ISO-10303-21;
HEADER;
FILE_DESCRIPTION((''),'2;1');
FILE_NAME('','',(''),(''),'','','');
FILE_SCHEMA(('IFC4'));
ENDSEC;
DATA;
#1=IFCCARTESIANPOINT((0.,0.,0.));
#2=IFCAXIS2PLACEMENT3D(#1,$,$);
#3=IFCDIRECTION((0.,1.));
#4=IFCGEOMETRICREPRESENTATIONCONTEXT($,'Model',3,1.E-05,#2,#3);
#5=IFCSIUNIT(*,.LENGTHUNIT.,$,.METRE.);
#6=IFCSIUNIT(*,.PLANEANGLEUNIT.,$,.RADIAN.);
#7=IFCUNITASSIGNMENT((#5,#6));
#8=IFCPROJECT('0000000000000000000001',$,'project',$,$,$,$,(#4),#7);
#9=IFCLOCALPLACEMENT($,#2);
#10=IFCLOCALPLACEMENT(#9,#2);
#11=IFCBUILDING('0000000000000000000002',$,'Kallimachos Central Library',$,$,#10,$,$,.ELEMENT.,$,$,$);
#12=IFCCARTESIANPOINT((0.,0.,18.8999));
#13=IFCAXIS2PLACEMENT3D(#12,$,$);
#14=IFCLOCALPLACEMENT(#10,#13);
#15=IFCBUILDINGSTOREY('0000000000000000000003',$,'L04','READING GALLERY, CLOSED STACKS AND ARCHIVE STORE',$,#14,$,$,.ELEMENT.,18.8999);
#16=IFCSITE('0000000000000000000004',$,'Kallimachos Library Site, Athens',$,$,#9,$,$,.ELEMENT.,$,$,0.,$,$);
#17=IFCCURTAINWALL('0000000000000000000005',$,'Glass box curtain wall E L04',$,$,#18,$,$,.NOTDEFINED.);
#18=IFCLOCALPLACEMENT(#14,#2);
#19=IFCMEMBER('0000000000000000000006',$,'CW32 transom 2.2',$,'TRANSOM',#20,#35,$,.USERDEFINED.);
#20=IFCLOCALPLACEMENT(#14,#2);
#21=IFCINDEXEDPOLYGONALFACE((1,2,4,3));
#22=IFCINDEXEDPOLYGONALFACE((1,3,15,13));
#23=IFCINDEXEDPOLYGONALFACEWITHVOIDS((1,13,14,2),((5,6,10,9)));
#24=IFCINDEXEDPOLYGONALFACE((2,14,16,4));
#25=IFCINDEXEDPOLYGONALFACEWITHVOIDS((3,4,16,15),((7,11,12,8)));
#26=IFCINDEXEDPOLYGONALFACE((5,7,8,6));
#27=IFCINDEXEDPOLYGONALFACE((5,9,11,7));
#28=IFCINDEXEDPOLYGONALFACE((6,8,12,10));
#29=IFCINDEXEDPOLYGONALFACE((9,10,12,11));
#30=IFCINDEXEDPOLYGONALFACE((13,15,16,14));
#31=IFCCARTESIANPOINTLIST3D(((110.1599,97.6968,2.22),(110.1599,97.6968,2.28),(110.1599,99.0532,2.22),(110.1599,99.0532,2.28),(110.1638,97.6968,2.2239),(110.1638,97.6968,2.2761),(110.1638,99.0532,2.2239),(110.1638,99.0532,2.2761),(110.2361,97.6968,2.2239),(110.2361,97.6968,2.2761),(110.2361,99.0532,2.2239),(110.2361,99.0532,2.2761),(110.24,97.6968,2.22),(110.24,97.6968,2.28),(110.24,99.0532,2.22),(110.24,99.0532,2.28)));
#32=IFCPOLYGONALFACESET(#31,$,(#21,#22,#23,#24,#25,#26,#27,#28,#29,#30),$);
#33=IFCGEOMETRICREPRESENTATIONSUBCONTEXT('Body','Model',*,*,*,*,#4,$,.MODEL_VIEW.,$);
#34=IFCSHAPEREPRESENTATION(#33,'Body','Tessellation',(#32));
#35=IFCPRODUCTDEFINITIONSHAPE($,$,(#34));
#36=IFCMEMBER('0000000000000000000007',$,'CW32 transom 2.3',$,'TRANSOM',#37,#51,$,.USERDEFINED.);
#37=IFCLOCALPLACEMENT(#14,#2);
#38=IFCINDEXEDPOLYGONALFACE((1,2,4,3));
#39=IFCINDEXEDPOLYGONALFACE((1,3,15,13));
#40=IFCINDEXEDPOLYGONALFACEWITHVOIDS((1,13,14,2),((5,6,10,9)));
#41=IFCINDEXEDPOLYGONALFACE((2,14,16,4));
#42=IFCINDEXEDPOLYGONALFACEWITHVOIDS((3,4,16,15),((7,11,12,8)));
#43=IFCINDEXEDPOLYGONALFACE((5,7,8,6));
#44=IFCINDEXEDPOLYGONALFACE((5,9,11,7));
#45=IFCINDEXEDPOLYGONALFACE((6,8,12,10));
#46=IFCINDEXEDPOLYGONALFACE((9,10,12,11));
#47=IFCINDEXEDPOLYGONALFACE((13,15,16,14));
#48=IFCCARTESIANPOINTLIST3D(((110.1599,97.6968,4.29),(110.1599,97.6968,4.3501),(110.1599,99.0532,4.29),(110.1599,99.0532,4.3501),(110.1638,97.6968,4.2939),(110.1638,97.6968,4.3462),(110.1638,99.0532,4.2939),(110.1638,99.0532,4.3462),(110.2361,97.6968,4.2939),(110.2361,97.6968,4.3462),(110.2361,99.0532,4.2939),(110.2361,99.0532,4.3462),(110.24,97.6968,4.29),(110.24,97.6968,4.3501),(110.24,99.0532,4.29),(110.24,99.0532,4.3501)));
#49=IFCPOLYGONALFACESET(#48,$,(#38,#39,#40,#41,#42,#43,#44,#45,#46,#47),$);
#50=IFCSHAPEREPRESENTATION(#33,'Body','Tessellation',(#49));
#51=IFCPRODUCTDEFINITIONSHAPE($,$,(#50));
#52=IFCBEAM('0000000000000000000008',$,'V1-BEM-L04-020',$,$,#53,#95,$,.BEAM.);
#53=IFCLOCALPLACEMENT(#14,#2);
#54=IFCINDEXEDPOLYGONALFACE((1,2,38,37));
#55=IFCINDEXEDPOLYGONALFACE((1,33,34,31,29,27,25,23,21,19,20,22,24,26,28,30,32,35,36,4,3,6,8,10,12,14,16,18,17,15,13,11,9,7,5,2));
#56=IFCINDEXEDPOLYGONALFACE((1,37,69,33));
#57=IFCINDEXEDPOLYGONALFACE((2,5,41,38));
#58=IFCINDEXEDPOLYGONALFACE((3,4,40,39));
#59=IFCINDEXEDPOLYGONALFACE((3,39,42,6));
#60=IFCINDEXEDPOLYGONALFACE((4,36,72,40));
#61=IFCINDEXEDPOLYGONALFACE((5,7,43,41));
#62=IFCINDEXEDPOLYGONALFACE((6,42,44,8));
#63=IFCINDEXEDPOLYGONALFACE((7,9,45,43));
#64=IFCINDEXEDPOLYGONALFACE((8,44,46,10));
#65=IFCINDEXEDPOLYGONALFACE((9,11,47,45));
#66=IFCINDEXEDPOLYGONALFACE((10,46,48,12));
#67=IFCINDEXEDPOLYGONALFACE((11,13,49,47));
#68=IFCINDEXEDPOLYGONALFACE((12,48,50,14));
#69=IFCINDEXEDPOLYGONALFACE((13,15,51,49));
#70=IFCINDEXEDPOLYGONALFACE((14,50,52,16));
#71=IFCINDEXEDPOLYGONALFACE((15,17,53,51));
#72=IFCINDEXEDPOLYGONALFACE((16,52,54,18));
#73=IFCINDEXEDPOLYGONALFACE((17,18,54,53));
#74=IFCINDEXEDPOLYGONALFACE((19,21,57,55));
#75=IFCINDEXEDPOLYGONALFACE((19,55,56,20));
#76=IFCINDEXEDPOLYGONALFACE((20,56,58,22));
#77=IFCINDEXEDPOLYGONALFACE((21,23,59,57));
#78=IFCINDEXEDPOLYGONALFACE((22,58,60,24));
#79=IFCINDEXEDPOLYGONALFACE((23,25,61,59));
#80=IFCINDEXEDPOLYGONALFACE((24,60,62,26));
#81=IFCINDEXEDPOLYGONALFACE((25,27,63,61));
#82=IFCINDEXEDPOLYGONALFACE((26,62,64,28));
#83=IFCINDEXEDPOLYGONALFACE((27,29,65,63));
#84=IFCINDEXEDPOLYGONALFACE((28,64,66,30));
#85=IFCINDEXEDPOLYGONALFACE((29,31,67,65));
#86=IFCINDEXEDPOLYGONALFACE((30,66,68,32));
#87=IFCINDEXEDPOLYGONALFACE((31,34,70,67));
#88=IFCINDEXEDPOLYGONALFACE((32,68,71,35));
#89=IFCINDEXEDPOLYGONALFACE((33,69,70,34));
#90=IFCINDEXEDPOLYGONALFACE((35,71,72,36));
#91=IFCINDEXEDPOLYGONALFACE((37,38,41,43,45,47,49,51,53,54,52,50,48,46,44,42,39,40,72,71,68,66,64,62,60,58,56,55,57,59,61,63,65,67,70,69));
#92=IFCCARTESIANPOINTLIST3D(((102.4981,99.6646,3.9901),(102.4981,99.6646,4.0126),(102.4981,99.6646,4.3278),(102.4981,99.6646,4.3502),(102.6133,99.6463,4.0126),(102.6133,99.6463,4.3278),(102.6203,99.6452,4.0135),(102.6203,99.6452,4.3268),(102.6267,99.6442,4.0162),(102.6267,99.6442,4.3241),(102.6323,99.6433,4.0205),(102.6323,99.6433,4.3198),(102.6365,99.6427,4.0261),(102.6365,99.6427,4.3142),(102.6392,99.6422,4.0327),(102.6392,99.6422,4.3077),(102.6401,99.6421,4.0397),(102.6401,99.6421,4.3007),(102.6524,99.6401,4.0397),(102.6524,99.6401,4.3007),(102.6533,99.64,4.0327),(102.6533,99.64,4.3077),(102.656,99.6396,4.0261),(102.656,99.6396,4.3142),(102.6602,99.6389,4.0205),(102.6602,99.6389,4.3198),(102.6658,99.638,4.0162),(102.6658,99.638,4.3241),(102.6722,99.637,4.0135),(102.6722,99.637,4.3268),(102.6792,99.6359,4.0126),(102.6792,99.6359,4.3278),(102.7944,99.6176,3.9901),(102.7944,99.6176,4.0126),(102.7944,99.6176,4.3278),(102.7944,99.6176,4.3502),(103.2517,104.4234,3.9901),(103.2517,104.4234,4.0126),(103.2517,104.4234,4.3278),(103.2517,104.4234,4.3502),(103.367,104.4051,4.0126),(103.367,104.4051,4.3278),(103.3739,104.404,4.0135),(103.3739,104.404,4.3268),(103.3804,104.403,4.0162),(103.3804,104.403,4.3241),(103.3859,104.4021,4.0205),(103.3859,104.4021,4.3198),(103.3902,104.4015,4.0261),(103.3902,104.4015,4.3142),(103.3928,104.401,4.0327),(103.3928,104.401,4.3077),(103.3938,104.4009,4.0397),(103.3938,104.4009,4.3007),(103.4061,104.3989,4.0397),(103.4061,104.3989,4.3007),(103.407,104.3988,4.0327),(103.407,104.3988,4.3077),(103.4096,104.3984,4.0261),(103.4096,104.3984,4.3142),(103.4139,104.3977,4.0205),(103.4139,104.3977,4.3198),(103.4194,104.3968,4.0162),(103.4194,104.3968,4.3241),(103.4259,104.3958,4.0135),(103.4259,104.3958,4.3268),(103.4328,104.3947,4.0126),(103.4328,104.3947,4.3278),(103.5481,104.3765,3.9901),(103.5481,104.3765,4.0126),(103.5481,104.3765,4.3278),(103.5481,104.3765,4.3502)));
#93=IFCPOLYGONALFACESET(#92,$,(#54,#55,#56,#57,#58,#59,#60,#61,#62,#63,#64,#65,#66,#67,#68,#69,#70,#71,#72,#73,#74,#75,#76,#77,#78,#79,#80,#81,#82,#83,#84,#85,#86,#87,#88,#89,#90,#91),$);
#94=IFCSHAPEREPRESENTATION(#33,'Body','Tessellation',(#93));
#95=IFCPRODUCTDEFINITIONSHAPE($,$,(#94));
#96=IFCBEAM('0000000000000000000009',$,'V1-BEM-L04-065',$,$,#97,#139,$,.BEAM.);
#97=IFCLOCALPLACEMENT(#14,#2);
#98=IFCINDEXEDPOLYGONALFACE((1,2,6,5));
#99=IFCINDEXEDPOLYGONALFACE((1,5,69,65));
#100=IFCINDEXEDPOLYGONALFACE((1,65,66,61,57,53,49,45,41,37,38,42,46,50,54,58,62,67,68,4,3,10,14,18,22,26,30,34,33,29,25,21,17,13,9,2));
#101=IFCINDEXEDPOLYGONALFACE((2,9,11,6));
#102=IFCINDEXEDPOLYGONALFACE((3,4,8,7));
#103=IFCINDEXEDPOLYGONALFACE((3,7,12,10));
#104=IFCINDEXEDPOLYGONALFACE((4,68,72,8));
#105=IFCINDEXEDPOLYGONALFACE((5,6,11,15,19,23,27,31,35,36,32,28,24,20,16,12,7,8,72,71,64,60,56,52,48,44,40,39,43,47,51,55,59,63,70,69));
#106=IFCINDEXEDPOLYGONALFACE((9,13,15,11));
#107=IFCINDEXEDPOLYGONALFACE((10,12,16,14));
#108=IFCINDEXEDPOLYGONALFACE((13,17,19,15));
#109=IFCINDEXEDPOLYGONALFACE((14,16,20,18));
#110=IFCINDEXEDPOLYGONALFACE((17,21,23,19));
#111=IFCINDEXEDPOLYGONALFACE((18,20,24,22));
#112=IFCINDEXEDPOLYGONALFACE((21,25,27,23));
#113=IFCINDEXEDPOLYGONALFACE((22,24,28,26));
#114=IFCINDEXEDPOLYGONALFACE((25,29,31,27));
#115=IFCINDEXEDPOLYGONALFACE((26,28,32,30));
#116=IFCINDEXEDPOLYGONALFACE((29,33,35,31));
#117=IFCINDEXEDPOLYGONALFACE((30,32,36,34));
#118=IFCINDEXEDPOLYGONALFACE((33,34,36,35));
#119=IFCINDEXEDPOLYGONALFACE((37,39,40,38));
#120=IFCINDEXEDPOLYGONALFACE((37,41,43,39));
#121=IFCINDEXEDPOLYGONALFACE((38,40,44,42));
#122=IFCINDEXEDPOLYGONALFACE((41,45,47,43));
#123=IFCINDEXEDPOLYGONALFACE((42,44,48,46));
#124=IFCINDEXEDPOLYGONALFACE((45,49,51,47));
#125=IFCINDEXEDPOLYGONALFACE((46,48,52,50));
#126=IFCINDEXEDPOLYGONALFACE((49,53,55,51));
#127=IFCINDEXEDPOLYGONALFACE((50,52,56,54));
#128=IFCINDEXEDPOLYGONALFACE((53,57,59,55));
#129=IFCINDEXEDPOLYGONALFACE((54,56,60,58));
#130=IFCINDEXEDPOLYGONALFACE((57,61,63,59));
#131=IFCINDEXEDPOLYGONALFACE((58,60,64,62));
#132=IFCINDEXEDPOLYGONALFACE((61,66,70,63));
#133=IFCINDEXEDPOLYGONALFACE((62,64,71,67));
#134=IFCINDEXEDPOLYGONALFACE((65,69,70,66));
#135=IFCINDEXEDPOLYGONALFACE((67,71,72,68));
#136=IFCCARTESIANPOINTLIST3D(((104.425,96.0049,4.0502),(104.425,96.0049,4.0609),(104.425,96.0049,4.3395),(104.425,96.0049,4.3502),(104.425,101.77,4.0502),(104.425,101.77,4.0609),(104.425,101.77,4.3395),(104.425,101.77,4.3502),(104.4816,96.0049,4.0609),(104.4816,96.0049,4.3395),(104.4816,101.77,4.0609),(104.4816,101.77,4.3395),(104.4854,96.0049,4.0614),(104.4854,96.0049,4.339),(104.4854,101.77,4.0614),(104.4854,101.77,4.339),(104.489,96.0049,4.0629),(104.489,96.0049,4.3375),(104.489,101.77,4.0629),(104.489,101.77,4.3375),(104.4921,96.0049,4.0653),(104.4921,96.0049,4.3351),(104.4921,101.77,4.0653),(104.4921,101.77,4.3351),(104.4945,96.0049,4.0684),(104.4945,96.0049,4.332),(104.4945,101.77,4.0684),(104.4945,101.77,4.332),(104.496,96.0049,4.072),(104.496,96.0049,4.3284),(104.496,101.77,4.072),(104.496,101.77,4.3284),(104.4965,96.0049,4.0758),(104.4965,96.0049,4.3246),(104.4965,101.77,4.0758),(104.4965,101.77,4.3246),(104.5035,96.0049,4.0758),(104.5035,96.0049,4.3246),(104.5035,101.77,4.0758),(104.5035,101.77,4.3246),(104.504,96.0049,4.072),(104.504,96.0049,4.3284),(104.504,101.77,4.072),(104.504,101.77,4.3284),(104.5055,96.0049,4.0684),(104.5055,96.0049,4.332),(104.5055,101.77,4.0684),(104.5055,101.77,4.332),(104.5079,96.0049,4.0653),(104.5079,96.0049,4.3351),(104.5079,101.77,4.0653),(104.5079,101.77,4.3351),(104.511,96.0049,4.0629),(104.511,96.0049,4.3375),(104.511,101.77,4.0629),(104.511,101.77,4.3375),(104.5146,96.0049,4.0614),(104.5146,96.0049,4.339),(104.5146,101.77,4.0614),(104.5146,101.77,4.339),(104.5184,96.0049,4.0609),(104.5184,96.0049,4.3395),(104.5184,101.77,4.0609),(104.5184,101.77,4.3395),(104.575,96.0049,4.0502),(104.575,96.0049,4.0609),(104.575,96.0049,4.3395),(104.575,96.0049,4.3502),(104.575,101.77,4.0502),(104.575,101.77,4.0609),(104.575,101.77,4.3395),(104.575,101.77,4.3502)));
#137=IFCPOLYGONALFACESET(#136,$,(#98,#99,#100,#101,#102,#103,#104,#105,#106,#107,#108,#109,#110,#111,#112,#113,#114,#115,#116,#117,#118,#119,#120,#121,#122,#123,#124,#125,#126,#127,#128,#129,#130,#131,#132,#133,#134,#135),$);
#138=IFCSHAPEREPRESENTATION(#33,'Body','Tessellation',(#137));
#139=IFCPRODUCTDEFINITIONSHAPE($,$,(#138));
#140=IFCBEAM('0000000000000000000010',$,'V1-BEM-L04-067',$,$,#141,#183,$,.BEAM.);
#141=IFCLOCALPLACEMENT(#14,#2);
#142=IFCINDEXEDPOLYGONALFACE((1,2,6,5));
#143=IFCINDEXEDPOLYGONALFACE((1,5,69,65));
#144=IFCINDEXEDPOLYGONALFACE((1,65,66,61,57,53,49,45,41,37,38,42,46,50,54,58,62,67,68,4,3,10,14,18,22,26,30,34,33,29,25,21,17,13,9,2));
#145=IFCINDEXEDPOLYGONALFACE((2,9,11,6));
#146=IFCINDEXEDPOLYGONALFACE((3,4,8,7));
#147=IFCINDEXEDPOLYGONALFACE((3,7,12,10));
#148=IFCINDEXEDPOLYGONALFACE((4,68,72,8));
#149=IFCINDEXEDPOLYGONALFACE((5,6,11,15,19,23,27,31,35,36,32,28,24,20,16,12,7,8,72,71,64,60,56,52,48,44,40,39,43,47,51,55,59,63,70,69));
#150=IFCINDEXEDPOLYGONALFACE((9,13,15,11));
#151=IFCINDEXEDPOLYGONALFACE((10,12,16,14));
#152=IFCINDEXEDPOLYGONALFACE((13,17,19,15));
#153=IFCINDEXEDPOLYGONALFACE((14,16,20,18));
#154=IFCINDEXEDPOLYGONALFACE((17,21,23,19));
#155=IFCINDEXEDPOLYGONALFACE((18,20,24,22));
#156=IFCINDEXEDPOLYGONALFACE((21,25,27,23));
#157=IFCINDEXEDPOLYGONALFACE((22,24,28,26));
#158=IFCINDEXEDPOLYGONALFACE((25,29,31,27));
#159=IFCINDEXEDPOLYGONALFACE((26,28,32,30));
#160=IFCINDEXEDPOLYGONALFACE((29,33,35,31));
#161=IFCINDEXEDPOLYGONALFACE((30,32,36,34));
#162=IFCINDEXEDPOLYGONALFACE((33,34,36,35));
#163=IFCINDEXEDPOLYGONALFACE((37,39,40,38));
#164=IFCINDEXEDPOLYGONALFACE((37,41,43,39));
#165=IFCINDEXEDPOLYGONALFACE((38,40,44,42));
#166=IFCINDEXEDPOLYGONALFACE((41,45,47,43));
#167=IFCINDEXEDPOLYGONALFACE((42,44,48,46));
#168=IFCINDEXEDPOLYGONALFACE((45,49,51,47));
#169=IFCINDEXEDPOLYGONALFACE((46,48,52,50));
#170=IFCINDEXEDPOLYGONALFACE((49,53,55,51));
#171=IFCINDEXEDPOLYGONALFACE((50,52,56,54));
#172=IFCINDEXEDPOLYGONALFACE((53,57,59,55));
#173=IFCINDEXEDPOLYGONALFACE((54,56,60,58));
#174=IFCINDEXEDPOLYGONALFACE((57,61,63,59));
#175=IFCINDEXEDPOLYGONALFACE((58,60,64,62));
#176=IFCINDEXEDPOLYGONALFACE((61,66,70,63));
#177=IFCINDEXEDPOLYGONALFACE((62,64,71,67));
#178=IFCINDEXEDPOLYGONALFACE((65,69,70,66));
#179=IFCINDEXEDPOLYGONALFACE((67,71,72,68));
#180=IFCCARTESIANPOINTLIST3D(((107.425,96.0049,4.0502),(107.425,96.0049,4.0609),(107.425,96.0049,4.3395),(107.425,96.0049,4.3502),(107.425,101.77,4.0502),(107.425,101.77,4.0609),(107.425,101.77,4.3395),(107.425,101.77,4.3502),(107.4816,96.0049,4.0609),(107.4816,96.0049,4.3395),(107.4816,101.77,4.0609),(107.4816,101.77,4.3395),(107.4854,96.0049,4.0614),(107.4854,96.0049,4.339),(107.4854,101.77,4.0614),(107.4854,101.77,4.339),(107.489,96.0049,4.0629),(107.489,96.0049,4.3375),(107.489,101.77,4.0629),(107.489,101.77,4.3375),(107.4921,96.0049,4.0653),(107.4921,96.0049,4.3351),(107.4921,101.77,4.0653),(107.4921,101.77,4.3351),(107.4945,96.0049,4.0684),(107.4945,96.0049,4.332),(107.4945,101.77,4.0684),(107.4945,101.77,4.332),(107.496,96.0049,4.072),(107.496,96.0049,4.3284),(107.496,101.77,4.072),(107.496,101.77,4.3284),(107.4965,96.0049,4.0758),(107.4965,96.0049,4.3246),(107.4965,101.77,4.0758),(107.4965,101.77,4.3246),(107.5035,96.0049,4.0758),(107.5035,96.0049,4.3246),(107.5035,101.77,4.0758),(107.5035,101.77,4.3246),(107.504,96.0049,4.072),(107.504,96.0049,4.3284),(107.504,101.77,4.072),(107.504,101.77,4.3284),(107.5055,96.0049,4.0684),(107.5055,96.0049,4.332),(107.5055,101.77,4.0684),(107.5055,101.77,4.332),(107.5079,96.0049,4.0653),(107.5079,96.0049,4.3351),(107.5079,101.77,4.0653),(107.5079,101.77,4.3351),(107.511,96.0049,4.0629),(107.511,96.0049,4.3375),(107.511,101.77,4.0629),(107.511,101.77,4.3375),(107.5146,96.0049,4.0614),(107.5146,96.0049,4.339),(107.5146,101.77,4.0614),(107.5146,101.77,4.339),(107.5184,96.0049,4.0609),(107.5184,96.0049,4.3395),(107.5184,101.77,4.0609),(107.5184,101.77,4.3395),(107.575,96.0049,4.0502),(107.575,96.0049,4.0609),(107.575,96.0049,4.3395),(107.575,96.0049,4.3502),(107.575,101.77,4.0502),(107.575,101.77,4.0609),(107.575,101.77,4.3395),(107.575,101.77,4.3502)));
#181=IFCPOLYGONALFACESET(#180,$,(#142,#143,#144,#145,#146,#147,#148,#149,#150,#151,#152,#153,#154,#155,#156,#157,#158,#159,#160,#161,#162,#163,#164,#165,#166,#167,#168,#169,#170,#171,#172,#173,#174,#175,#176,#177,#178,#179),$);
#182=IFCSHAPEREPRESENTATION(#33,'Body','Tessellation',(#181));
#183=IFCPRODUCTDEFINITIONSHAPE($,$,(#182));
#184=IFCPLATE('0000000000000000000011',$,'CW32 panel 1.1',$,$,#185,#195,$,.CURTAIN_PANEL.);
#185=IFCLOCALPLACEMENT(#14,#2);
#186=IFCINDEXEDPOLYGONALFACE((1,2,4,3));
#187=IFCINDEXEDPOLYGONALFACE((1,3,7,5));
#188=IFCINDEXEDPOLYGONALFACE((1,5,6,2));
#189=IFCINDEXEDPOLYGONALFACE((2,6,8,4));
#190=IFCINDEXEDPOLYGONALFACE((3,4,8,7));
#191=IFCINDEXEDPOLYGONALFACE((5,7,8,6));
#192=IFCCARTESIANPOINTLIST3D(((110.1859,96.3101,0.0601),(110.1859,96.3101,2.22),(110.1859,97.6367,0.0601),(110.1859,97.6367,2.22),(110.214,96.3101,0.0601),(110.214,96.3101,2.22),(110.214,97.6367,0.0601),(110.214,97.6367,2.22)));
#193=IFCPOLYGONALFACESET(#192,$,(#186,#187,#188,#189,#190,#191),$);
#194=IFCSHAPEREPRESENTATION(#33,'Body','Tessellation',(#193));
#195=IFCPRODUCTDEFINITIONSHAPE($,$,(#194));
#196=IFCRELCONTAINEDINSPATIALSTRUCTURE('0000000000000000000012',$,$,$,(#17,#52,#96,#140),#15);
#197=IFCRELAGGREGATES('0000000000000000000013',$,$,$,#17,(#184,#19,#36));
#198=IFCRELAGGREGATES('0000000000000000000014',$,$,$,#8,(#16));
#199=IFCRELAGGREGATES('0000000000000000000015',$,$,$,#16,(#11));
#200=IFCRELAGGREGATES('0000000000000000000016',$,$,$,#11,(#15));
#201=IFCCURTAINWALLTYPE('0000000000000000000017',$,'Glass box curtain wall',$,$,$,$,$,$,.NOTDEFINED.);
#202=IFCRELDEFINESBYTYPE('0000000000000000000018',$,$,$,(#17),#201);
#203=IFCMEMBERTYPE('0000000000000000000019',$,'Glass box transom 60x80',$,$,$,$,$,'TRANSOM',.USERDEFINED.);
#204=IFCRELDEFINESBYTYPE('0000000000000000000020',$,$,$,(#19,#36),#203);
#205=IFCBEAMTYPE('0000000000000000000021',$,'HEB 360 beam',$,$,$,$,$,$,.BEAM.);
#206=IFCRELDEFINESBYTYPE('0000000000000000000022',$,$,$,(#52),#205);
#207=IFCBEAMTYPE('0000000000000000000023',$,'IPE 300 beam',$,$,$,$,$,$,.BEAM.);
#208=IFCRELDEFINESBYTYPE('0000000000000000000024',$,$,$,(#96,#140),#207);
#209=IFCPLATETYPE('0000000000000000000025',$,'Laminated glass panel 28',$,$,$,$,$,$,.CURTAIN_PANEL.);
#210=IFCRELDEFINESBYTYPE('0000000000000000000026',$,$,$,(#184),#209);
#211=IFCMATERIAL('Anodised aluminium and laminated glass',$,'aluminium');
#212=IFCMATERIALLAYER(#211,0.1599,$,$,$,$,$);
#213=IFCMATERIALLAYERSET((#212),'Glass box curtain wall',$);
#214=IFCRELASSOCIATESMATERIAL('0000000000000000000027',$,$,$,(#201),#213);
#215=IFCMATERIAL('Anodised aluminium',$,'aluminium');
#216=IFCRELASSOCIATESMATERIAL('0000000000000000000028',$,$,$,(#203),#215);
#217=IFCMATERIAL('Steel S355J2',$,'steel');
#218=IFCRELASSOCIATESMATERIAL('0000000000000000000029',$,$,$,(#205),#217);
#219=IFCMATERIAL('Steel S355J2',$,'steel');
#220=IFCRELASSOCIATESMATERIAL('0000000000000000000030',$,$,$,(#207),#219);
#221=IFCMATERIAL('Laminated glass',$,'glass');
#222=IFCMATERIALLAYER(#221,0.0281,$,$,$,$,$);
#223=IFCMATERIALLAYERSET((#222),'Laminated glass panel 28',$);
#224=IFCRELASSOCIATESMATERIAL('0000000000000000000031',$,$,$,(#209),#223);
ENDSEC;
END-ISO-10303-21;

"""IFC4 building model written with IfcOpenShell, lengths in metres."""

from ifc_helpers import new_model, si_unit, direction, frame, origin, origin_2d, place, context, subcontext, project, spatial, rectangle, hollow_rectangle, i_section, extrude, material, layer, layer_set, material_profile, profile_set, type_object, element, aggregate, save


model = new_model("IFC4")

# Units and contexts
model_context = context("Model", 3, precision=1e-05, world=origin(), true_north=direction((0.0, 1.0)))
body_context = subcontext(model_context, "Body", "Model", "MODEL_VIEW")
ifc_project = project(units=[si_unit("LENGTHUNIT", "METRE"), si_unit("PLANEANGLEUNIT", "RADIAN")], contexts=[model_context])

# Site, building, storey
site_placement = place(None, origin())
site = spatial("IfcSite", under=ifc_project, at=site_placement, Name="Kallimachos Library Site, Athens", CompositionType="ELEMENT", RefElevation=0.0)
building_placement = place(site_placement, origin())
building = spatial("IfcBuilding", under=site, at=building_placement, Name="Kallimachos Central Library", CompositionType="ELEMENT")
storey_placement = place(building_placement, frame((0.0, 0.0, 18.8999)))
storey = spatial("IfcBuildingStorey", under=building, at=storey_placement, Name="L04", Description="READING GALLERY, CLOSED STACKS AND ARCHIVE STORE", CompositionType="ELEMENT", Elevation=18.8999)

# Curtain wall, members
ifc_material_1 = material(Name="Anodised aluminium and laminated glass", Category="aluminium")
ifc_layer_1 = layer(ifc_material_1, 0.1599)
ifc_layer_set_1 = layer_set([ifc_layer_1], Name="Glass box curtain wall")
curtain_wall_type = type_object("IfcCurtainWallType", Name="Glass box curtain wall", PredefinedType="NOTDEFINED", material=ifc_layer_set_1)
curtain_wall_placement = place(storey_placement, origin())
curtain_wall = element("IfcCurtainWall", 1, at=curtain_wall_placement, inside=storey, type_object=curtain_wall_type, Name="Glass box curtain wall E L04", PredefinedType="NOTDEFINED")
ifc_material_2 = material(Name="Anodised aluminium", Category="aluminium")
ifc_material_profile_1 = material_profile(ifc_material_2, hollow_rectangle(XDim=0.0601, YDim=0.0801, WallThickness=0.0039, at=origin_2d()), Name="ALU TRANSOM 60x80")
ifc_profile_set_1 = profile_set([ifc_material_profile_1], Name="Anodised aluminium")
member_type_1 = type_object("IfcMemberType", Name="Glass box transom 60x80", ElementType="TRANSOM", PredefinedType="USERDEFINED", material=ifc_profile_set_1)
member_1_placement = place(storey_placement, frame((110.2, 97.6968, 2.25), z_axis=(0.0, 1.0, 0.0), x_axis=(0.0, 0.0, 1.0)))
member_1 = element("IfcMember", 2, at=member_1_placement, type_object=member_type_1, Name="CW32 transom 2.2", ObjectType="TRANSOM", PredefinedType="USERDEFINED", context=body_context, shape_type="SweptSolid", body=[
    extrude(hollow_rectangle(XDim=0.0601, YDim=0.0801, WallThickness=0.0039, at=origin_2d()), origin(), (0.0, 0.0, 1.0), 1.3564),
])
member_2_placement = place(storey_placement, frame((110.2, 97.6968, 4.3201), z_axis=(0.0, 1.0, 0.0), x_axis=(0.0, 0.0, 1.0)))
member_2 = element("IfcMember", 3, at=member_2_placement, type_object=member_type_1, Name="CW32 transom 2.3", ObjectType="TRANSOM", PredefinedType="USERDEFINED", context=body_context, shape_type="SweptSolid", body=[
    extrude(hollow_rectangle(XDim=0.0601, YDim=0.0801, WallThickness=0.0039, at=origin_2d()), origin(), (0.0, 0.0, 1.0), 1.3564),
])

# Beams
ifc_material_3 = material(Name="Steel S355J2", Category="steel")
ifc_material_profile_2 = material_profile(ifc_material_3, i_section(OverallWidth=0.3, OverallDepth=0.3601, WebThickness=0.0125, FlangeThickness=0.0225, FilletRadius=0.0271, at=origin_2d()), Name="HEB 360")
ifc_profile_set_2 = profile_set([ifc_material_profile_2], Name="Steel S355J2")
beam_type_1 = type_object("IfcBeamType", Name="HEB 360 beam", PredefinedType="BEAM", material=ifc_profile_set_2)
beam_placement = place(storey_placement, frame((102.6462, 99.6411, 4.1702), z_axis=(0.156423, 0.98769, 0.0), x_axis=(-0.98769, 0.156423, 0.0)))
element("IfcBeam", 4, at=beam_placement, inside=storey, type_object=beam_type_1, Name="V1-BEM-L04-020", PredefinedType="BEAM", context=body_context, shape_type="SweptSolid", body=[
    extrude(i_section(OverallWidth=0.3, OverallDepth=0.3601, WebThickness=0.0125, FlangeThickness=0.0225, FilletRadius=0.0271, at=origin_2d()), origin(), (0.0, 0.0, 1.0), 4.8181),
])
ifc_material_4 = material(Name="Steel S355J2", Category="steel")
ifc_material_profile_3 = material_profile(ifc_material_4, i_section(OverallWidth=0.1499, OverallDepth=0.3, WebThickness=0.0071, FlangeThickness=0.0107, FilletRadius=0.0149, at=origin_2d()), Name="IPE 300")
ifc_profile_set_3 = profile_set([ifc_material_profile_3], Name="Steel S355J2")
beam_type_2 = type_object("IfcBeamType", Name="IPE 300 beam", PredefinedType="BEAM", material=ifc_profile_set_3)
for number, where, z_axis, x_axis, name in (
    (5, (104.5, 96.0049, 4.2002), (0.0, 1.0, 0.0), (-1.0, 0.0, 0.0), "V1-BEM-L04-065"),
    (6, (107.5, 96.0049, 4.2002), (0.0, 1.0, 0.0), (-1.0, 0.0, 0.0), "V1-BEM-L04-067"),
):
    element("IfcBeam", number, at=place(storey_placement, frame(where, z_axis=z_axis, x_axis=x_axis)), inside=storey, type_object=beam_type_2, Name=name, PredefinedType="BEAM", context=body_context, shape_type="SweptSolid", body=[
        extrude(i_section(OverallWidth=0.1499, OverallDepth=0.3, WebThickness=0.0071, FlangeThickness=0.0107, FilletRadius=0.0149, at=origin_2d()), origin(), (0.0, 0.0, 1.0), 5.7651),
    ])

# Plate
ifc_material_5 = material(Name="Laminated glass", Category="glass")
ifc_layer_2 = layer(ifc_material_5, 0.0281)
ifc_layer_set_2 = layer_set([ifc_layer_2], Name="Laminated glass panel 28")
plate_type = type_object("IfcPlateType", Name="Laminated glass panel 28", PredefinedType="CURTAIN_PANEL", material=ifc_layer_set_2)
plate_1_placement = place(storey_placement, frame((110.2, 96.9734, 0.0601), z_axis=(0.0, 0.0, 1.0), x_axis=(0.0, 1.0, 0.0)))
plate_1 = element("IfcPlate", 7, at=plate_1_placement, type_object=plate_type, Name="CW32 panel 1.1", PredefinedType="CURTAIN_PANEL", context=body_context, shape_type="SweptSolid", body=[
    extrude(rectangle(XDim=1.3267, YDim=0.0281, at=origin_2d()), origin(), (0.0, 0.0, 1.0), 2.1599),
])
aggregate(curtain_wall, [plate_1, member_1, member_2])

save(model, "model.ifc")
